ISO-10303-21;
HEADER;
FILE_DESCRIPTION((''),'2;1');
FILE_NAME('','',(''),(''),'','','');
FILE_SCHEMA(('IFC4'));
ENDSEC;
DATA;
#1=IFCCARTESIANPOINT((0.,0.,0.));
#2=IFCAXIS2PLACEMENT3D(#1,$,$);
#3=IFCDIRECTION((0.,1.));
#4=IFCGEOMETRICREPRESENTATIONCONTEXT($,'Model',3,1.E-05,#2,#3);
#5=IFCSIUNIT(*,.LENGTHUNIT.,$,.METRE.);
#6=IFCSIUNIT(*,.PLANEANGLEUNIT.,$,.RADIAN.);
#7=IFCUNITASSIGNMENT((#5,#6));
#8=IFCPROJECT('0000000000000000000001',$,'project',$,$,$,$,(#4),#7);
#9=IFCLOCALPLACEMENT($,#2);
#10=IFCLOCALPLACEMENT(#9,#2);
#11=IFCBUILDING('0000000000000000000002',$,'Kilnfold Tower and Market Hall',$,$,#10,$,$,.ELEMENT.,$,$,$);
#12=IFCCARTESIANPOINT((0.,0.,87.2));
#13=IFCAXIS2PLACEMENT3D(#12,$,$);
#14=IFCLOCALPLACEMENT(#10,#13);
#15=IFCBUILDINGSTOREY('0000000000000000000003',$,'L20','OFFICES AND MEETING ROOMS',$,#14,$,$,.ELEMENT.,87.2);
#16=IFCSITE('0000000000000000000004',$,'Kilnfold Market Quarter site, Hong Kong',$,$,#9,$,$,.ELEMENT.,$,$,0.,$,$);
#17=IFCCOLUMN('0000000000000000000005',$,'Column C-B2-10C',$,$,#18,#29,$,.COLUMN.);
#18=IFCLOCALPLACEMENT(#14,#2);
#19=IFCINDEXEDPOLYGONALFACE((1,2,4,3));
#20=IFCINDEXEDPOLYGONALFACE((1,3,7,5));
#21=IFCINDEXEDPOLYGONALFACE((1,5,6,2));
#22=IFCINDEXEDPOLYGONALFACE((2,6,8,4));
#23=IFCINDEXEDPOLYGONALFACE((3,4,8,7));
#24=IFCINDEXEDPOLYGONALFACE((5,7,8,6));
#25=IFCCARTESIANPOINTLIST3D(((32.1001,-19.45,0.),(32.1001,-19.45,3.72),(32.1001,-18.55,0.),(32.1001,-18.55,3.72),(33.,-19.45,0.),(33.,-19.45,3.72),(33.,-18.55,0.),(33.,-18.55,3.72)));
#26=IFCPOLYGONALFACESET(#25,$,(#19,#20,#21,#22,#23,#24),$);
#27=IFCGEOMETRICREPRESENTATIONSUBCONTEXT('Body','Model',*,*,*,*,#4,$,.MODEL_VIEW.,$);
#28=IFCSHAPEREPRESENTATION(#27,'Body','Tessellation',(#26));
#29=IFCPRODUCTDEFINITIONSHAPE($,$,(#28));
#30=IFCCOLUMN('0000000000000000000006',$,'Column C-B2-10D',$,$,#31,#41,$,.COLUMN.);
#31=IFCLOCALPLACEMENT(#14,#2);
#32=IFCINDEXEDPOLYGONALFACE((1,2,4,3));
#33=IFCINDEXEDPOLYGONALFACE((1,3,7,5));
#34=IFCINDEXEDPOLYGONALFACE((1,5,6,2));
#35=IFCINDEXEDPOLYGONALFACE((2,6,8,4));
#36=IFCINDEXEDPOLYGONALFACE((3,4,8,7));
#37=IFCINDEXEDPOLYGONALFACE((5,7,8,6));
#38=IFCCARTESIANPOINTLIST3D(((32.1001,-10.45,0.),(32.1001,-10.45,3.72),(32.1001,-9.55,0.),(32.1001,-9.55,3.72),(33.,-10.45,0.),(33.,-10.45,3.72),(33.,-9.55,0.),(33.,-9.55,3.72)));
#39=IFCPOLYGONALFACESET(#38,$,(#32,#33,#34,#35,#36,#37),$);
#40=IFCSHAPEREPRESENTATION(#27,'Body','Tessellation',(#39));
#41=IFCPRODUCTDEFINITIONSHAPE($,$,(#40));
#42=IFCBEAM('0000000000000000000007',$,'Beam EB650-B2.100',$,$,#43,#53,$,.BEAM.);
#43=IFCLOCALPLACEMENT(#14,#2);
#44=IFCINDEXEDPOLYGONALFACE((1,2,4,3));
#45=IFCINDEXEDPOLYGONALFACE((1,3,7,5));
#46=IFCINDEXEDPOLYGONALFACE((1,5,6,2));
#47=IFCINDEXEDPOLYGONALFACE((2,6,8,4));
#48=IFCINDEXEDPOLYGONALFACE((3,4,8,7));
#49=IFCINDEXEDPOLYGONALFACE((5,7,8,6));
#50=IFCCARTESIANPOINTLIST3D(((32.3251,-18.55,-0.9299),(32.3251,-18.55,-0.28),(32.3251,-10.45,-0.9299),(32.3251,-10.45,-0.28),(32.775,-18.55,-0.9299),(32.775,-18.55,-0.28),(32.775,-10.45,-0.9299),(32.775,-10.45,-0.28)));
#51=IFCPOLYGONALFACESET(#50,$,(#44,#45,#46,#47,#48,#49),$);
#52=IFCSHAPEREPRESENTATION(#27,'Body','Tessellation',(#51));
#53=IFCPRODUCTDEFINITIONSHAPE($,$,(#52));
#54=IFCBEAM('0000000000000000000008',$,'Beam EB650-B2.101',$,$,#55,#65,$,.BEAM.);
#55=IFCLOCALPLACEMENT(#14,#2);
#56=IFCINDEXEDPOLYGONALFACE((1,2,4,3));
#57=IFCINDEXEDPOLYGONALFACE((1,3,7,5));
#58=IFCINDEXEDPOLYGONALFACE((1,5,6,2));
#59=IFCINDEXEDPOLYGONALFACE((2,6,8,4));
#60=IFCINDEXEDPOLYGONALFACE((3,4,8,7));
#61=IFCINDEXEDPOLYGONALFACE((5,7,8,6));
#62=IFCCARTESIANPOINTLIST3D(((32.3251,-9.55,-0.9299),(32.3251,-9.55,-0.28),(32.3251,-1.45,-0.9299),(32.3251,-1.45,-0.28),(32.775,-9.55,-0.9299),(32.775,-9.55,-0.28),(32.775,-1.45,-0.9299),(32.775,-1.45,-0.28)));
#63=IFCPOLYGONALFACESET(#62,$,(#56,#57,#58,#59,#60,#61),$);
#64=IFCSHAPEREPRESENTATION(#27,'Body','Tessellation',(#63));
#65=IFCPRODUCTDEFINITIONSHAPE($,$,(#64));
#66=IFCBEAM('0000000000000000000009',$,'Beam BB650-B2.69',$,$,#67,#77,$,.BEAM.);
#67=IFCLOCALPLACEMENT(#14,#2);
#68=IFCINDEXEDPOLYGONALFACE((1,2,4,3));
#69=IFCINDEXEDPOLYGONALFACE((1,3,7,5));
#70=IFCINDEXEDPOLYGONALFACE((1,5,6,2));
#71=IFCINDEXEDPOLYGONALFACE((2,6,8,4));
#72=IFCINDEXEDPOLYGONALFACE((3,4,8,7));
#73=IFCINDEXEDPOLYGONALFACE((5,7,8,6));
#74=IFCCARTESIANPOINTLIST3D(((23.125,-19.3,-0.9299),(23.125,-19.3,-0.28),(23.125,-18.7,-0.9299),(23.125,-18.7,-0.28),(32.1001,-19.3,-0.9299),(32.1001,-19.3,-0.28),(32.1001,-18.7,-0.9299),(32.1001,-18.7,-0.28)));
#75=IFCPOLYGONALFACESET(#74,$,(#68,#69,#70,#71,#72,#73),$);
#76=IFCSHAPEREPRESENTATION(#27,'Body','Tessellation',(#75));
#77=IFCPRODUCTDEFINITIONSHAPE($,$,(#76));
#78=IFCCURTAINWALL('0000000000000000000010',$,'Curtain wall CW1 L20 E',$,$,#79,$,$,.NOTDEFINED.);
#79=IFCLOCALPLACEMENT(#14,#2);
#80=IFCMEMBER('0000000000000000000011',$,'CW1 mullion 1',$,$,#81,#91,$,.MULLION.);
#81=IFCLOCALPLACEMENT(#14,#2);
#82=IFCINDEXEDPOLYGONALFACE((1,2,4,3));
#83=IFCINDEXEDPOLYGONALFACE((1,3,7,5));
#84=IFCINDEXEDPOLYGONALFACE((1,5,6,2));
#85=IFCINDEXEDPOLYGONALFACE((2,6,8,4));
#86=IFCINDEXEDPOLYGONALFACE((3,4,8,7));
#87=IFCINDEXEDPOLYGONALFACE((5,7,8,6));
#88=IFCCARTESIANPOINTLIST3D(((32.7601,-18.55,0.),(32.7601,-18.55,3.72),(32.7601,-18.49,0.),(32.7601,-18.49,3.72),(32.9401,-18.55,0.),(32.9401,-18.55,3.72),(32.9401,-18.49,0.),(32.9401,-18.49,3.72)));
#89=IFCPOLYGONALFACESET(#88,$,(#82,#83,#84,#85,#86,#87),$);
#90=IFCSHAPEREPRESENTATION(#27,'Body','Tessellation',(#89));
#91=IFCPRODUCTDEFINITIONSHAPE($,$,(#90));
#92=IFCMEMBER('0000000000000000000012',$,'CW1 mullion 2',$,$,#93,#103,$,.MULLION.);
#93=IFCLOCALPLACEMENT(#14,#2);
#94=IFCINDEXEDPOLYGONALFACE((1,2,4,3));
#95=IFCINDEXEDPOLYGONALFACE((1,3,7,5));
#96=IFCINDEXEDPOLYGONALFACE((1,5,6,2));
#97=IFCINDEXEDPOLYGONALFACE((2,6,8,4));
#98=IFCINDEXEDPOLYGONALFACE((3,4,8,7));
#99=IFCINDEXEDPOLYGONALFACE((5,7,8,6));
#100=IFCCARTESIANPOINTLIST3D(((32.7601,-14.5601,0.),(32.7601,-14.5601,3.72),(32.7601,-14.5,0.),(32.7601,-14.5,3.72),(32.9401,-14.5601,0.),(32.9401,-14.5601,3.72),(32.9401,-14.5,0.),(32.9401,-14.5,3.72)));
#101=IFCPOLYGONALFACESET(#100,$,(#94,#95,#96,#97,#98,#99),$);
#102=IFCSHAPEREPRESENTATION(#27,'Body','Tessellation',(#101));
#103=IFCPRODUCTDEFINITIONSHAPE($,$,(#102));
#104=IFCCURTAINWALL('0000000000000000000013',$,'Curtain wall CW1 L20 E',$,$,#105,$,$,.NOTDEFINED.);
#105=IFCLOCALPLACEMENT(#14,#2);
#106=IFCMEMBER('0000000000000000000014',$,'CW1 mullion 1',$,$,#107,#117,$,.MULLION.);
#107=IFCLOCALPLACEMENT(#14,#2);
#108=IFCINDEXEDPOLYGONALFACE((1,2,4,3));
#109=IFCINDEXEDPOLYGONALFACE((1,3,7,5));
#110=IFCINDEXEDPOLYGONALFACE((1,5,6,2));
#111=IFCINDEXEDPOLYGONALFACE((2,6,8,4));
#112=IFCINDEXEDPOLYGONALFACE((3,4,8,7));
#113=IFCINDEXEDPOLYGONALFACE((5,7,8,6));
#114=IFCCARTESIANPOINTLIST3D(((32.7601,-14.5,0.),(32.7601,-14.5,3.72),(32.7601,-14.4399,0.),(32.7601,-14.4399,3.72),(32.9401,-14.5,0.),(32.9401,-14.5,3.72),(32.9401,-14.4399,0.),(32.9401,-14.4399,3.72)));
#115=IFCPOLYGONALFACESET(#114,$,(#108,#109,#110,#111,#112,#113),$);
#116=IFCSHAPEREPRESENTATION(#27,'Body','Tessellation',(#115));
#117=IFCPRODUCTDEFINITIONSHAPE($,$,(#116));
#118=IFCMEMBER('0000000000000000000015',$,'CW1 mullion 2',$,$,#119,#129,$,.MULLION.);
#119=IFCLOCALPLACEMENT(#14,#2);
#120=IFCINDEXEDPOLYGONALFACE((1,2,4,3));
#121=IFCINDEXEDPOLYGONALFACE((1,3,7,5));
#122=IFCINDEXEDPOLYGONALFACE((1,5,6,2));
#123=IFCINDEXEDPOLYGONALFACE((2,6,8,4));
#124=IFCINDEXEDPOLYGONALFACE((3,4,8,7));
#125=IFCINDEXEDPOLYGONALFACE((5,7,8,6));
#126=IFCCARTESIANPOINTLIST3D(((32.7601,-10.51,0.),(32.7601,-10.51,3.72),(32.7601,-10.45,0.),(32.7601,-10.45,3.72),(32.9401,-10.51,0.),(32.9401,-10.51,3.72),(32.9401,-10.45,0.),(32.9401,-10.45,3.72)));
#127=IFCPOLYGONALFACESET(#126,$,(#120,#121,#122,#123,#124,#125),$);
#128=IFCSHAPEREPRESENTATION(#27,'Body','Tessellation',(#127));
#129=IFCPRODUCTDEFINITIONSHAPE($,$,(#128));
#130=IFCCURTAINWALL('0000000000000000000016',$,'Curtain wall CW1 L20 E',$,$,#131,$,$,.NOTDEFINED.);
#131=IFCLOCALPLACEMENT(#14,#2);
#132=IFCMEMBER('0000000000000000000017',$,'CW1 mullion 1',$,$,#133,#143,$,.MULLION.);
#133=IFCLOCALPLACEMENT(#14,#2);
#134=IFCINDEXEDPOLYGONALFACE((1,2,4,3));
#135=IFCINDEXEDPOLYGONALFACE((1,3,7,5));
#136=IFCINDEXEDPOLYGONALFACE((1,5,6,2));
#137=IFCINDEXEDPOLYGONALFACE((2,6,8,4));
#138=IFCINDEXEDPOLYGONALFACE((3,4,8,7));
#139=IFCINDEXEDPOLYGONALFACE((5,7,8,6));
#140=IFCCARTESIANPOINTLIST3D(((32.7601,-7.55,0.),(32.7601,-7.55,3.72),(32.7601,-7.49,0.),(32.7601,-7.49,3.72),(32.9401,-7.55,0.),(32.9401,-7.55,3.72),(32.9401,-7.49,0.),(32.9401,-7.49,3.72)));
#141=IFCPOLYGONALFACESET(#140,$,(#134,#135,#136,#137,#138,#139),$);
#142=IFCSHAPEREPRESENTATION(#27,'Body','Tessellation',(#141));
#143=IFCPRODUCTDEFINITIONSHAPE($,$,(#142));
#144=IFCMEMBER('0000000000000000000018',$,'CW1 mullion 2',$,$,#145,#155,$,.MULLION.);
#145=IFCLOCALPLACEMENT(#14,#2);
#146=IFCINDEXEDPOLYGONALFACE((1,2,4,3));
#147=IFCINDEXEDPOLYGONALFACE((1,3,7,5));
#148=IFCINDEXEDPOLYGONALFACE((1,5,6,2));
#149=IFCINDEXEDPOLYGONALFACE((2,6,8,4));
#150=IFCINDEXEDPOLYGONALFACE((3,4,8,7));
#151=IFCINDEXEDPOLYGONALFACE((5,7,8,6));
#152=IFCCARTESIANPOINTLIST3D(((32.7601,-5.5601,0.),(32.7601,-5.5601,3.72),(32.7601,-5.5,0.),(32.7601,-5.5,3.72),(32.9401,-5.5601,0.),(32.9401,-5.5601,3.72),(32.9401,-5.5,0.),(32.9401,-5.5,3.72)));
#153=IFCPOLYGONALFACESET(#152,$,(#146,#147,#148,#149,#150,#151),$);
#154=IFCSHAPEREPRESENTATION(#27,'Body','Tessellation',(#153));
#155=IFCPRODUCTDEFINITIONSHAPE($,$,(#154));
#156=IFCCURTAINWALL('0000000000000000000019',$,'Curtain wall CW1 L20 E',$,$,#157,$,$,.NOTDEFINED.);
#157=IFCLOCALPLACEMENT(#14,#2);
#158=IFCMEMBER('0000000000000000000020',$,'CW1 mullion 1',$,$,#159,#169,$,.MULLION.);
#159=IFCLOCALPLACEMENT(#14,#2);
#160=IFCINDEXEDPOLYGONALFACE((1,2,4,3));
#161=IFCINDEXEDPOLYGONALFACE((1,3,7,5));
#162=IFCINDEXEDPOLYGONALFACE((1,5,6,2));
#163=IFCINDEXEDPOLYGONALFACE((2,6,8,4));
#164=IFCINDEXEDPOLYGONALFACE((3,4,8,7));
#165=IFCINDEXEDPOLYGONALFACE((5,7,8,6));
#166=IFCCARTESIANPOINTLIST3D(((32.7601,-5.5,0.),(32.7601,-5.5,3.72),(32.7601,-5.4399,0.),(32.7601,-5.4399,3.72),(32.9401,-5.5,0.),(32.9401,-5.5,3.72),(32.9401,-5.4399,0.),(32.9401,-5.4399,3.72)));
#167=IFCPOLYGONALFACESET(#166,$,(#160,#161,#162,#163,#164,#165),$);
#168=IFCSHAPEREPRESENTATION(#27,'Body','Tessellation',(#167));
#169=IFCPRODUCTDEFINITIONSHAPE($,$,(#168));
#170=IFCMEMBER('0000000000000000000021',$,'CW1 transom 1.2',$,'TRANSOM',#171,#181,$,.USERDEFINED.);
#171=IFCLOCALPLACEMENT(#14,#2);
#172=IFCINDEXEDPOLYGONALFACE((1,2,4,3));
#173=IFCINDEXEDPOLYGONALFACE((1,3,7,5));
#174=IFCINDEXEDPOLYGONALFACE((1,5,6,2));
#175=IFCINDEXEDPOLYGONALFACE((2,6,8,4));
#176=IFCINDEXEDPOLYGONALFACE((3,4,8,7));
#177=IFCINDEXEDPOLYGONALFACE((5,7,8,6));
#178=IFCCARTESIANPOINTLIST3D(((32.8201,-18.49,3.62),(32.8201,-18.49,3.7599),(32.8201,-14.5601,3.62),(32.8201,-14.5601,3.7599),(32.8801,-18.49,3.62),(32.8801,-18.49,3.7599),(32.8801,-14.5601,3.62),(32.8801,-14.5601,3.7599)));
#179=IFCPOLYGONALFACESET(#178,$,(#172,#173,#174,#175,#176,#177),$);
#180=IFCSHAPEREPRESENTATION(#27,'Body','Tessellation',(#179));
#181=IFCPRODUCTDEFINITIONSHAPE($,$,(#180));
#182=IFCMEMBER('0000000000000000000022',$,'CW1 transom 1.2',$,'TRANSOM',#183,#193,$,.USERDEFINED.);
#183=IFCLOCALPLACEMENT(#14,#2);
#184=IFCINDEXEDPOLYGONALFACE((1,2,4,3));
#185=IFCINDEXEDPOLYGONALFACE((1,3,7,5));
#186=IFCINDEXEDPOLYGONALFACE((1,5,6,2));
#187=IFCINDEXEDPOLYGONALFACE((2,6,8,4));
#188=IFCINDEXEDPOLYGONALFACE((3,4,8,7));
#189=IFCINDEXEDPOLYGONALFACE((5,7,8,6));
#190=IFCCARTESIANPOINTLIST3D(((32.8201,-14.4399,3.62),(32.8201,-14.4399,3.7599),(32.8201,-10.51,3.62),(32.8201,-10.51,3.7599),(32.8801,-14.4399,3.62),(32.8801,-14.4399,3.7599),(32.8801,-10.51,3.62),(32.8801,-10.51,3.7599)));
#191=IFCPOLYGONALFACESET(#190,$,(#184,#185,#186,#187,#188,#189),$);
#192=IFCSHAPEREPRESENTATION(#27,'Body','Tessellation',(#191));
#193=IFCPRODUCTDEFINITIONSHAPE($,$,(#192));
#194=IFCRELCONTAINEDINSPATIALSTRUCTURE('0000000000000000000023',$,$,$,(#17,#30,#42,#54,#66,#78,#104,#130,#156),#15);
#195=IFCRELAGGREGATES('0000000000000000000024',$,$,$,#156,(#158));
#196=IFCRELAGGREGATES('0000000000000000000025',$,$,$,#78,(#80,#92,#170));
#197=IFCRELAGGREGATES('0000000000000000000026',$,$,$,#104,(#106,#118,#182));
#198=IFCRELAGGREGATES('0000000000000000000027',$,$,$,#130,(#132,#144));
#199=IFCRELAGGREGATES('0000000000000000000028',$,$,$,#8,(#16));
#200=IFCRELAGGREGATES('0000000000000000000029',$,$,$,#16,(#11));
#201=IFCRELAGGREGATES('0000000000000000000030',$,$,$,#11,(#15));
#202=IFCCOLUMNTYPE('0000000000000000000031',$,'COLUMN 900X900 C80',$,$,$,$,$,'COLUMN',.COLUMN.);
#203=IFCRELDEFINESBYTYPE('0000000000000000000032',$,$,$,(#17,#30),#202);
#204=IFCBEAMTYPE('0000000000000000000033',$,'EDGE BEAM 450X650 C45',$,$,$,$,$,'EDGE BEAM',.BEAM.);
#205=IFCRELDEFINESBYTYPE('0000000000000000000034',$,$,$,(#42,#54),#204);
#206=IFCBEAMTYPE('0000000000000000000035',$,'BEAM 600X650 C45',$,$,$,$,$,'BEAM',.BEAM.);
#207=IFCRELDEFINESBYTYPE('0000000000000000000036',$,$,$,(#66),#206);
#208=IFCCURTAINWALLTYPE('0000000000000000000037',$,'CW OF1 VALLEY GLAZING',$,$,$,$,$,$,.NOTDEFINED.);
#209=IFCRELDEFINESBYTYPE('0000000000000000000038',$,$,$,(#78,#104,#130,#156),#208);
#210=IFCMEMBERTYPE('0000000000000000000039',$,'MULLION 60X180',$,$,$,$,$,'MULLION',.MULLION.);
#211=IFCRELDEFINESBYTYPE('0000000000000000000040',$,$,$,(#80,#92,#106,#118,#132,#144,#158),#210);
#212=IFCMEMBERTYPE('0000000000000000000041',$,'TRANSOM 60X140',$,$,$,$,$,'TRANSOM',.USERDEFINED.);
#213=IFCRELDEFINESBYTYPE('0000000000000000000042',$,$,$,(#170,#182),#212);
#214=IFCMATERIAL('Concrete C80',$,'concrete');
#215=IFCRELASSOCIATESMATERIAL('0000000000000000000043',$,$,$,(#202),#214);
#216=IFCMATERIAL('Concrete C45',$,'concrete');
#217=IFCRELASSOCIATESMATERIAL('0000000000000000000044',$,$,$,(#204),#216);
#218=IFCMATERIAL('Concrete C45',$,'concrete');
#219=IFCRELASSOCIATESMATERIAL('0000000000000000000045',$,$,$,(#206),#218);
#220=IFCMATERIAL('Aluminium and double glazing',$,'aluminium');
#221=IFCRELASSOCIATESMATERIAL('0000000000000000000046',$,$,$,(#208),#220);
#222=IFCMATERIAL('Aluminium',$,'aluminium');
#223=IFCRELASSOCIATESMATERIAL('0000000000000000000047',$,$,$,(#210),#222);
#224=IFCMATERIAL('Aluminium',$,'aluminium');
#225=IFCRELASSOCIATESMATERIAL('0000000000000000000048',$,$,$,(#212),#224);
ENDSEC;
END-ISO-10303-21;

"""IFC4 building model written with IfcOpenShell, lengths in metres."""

from ifc_helpers import new_model, si_unit, direction, frame, origin, origin_2d, place, context, subcontext, project, spatial, rectangle, extrude, source, transform, mapped, material, material_profile, profile_set, type_object, element, aggregate, save


model = new_model("IFC4")

# Units and contexts
model_context = context("Model", 3, precision=1e-05, world=origin(), true_north=direction((0.0, 1.0)))
body_context = subcontext(model_context, "Body", "Model", "MODEL_VIEW")
ifc_project = project(units=[si_unit("LENGTHUNIT", "METRE"), si_unit("PLANEANGLEUNIT", "RADIAN")], contexts=[model_context])

# Site, building, storey
site_placement = place(None, origin())
site = spatial("IfcSite", under=ifc_project, at=site_placement, Name="Kilnfold Market Quarter site, Hong Kong", CompositionType="ELEMENT", RefElevation=0.0)
building_placement = place(site_placement, origin())
building = spatial("IfcBuilding", under=site, at=building_placement, Name="Kilnfold Tower and Market Hall", CompositionType="ELEMENT")
storey_placement = place(building_placement, frame((0.0, 0.0, 87.2)))
storey = spatial("IfcBuildingStorey", under=building, at=storey_placement, Name="L20", Description="OFFICES AND MEETING ROOMS", CompositionType="ELEMENT", Elevation=87.2)

# Columns
ifc_material_1 = material(Name="Concrete C80", Category="concrete")
ifc_material_profile_1 = material_profile(ifc_material_1, rectangle(XDim=0.8999, YDim=0.8999, at=origin_2d()), Name="RC 900x900")
ifc_profile_set_1 = profile_set([ifc_material_profile_1], Name="Concrete C80")
column_type = type_object("IfcColumnType", Name="COLUMN 900X900 C80", ElementType="COLUMN", PredefinedType="COLUMN", material=ifc_profile_set_1)
shared_shape_1 = source(origin(), body_context, "Body", "SweptSolid", [
    extrude(rectangle(XDim=0.8999, YDim=0.8999, at=origin_2d()), origin(), (0.0, 0.0, 1.0), 3.72),
])
for number, where, z_axis, x_axis, name in (
    (1, (32.55, -19.0, 0.0), (0.0, 0.0, 1.0), (1.0, 0.0, 0.0), "Column C-B2-10C"),
    (2, (32.55, -10.0, 0.0), (0.0, 0.0, 1.0), (1.0, 0.0, 0.0), "Column C-B2-10D"),
):
    element("IfcColumn", number, at=place(storey_placement, frame(where, z_axis=z_axis, x_axis=x_axis)), inside=storey, type_object=column_type, Name=name, PredefinedType="COLUMN", context=body_context, shape_type="MappedRepresentation", body=[
        mapped(shared_shape_1, transform((0.0, 0.0, 0.0))),
    ])

# Beams
ifc_material_2 = material(Name="Concrete C45", Category="concrete")
ifc_material_profile_2 = material_profile(ifc_material_2, rectangle(XDim=0.45, YDim=0.6499, at=origin_2d()), Name="RC 450x650")
ifc_profile_set_2 = profile_set([ifc_material_profile_2], Name="Concrete C45")
beam_type_1 = type_object("IfcBeamType", Name="EDGE BEAM 450X650 C45", ElementType="EDGE BEAM", PredefinedType="BEAM", material=ifc_profile_set_2)
shared_shape_2 = source(origin(), body_context, "Body", "SweptSolid", [
    extrude(rectangle(XDim=0.45, YDim=0.6499, at=origin_2d()), origin(), (0.0, 0.0, 1.0), 8.1001),
])
for number, where, z_axis, x_axis, name in (
    (3, (32.55, -18.55, -0.605), (0.0, 1.0, 0.0), (-1.0, 0.0, 0.0), "Beam EB650-B2.100"),
    (4, (32.55, -9.55, -0.605), (0.0, 1.0, 0.0), (-1.0, 0.0, 0.0), "Beam EB650-B2.101"),
):
    element("IfcBeam", number, at=place(storey_placement, frame(where, z_axis=z_axis, x_axis=x_axis)), inside=storey, type_object=beam_type_1, Name=name, PredefinedType="BEAM", context=body_context, shape_type="MappedRepresentation", body=[
        mapped(shared_shape_2, transform((0.0, 0.0, 0.0))),
    ])
ifc_material_3 = material(Name="Concrete C45", Category="concrete")
ifc_material_profile_3 = material_profile(ifc_material_3, rectangle(XDim=0.6001, YDim=0.6499, at=origin_2d()), Name="RC 600x650")
ifc_profile_set_3 = profile_set([ifc_material_profile_3], Name="Concrete C45")
beam_type_2 = type_object("IfcBeamType", Name="BEAM 600X650 C45", ElementType="BEAM", PredefinedType="BEAM", material=ifc_profile_set_3)
shared_shape_3 = source(origin(), body_context, "Body", "SweptSolid", [
    extrude(rectangle(XDim=0.6001, YDim=0.6499, at=origin_2d()), origin(), (0.0, 0.0, 1.0), 8.9751),
])
beam_placement = place(storey_placement, frame((23.125, -19.0, -0.605), z_axis=(1.0, 0.0, 0.0), x_axis=(0.0, 1.0, 0.0)))
element("IfcBeam", 5, at=beam_placement, inside=storey, type_object=beam_type_2, Name="Beam BB650-B2.69", PredefinedType="BEAM", context=body_context, shape_type="MappedRepresentation", body=[
    mapped(shared_shape_3, transform((0.0, 0.0, 0.0))),
])

# Curtain walls, members
ifc_material_4 = material(Name="Aluminium and double glazing", Category="aluminium")
curtain_wall_type = type_object("IfcCurtainWallType", Name="CW OF1 VALLEY GLAZING", PredefinedType="NOTDEFINED", material=ifc_material_4)
curtain_wall_1_placement = place(storey_placement, origin())
curtain_wall_1 = element("IfcCurtainWall", 6, at=curtain_wall_1_placement, inside=storey, type_object=curtain_wall_type, Name="Curtain wall CW1 L20 E", PredefinedType="NOTDEFINED")
ifc_material_5 = material(Name="Aluminium", Category="aluminium")
ifc_material_profile_4 = material_profile(ifc_material_5, rectangle(XDim=0.0601, YDim=0.1799, at=origin_2d()), Name="MULLION 60x180")
ifc_profile_set_4 = profile_set([ifc_material_profile_4], Name="Aluminium")
member_type_1 = type_object("IfcMemberType", Name="MULLION 60X180", ElementType="MULLION", PredefinedType="MULLION", material=ifc_profile_set_4)
shared_shape_4 = source(origin(), body_context, "Body", "SweptSolid", [
    extrude(rectangle(XDim=0.0601, YDim=0.1799, at=origin_2d()), origin(), (0.0, 0.0, 1.0), 3.72),
])
member_1_placement = place(storey_placement, frame((32.8501, -18.52, 0.0), z_axis=(0.0, 0.0, 1.0), x_axis=(0.0, 1.0, 0.0)))
member_1 = element("IfcMember", 7, at=member_1_placement, type_object=member_type_1, Name="CW1 mullion 1", PredefinedType="MULLION", context=body_context, shape_type="MappedRepresentation", body=[
    mapped(shared_shape_4, transform((0.0, 0.0, 0.0))),
])
member_2_placement = place(storey_placement, frame((32.8501, -14.53, 0.0), z_axis=(0.0, 0.0, 1.0), x_axis=(0.0, 1.0, 0.0)))
member_2 = element("IfcMember", 8, at=member_2_placement, type_object=member_type_1, Name="CW1 mullion 2", PredefinedType="MULLION", context=body_context, shape_type="MappedRepresentation", body=[
    mapped(shared_shape_4, transform((0.0, 0.0, 0.0))),
])
curtain_wall_2_placement = place(storey_placement, origin())
curtain_wall_2 = element("IfcCurtainWall", 9, at=curtain_wall_2_placement, inside=storey, type_object=curtain_wall_type, Name="Curtain wall CW1 L20 E", PredefinedType="NOTDEFINED")
member_3_placement = place(storey_placement, frame((32.8501, -14.47, 0.0), z_axis=(0.0, 0.0, 1.0), x_axis=(0.0, 1.0, 0.0)))
member_3 = element("IfcMember", 10, at=member_3_placement, type_object=member_type_1, Name="CW1 mullion 1", PredefinedType="MULLION", context=body_context, shape_type="MappedRepresentation", body=[
    mapped(shared_shape_4, transform((0.0, 0.0, 0.0))),
])
member_4_placement = place(storey_placement, frame((32.8501, -10.48, 0.0), z_axis=(0.0, 0.0, 1.0), x_axis=(0.0, 1.0, 0.0)))
member_4 = element("IfcMember", 11, at=member_4_placement, type_object=member_type_1, Name="CW1 mullion 2", PredefinedType="MULLION", context=body_context, shape_type="MappedRepresentation", body=[
    mapped(shared_shape_4, transform((0.0, 0.0, 0.0))),
])
curtain_wall_3_placement = place(storey_placement, origin())
curtain_wall_3 = element("IfcCurtainWall", 12, at=curtain_wall_3_placement, inside=storey, type_object=curtain_wall_type, Name="Curtain wall CW1 L20 E", PredefinedType="NOTDEFINED")
member_5_placement = place(storey_placement, frame((32.8501, -7.52, 0.0), z_axis=(0.0, 0.0, 1.0), x_axis=(0.0, 1.0, 0.0)))
member_5 = element("IfcMember", 13, at=member_5_placement, type_object=member_type_1, Name="CW1 mullion 1", PredefinedType="MULLION", context=body_context, shape_type="MappedRepresentation", body=[
    mapped(shared_shape_4, transform((0.0, 0.0, 0.0))),
])
member_6_placement = place(storey_placement, frame((32.8501, -5.53, 0.0), z_axis=(0.0, 0.0, 1.0), x_axis=(0.0, 1.0, 0.0)))
member_6 = element("IfcMember", 14, at=member_6_placement, type_object=member_type_1, Name="CW1 mullion 2", PredefinedType="MULLION", context=body_context, shape_type="MappedRepresentation", body=[
    mapped(shared_shape_4, transform((0.0, 0.0, 0.0))),
])

# Curtain wall, member
curtain_wall_4_placement = place(storey_placement, origin())
curtain_wall_4 = element("IfcCurtainWall", 15, at=curtain_wall_4_placement, inside=storey, type_object=curtain_wall_type, Name="Curtain wall CW1 L20 E", PredefinedType="NOTDEFINED")
member_7_placement = place(storey_placement, frame((32.8501, -5.47, 0.0), z_axis=(0.0, 0.0, 1.0), x_axis=(0.0, 1.0, 0.0)))
member_7 = element("IfcMember", 16, at=member_7_placement, type_object=member_type_1, Name="CW1 mullion 1", PredefinedType="MULLION", context=body_context, shape_type="MappedRepresentation", body=[
    mapped(shared_shape_4, transform((0.0, 0.0, 0.0))),
])

# Members
ifc_material_6 = material(Name="Aluminium", Category="aluminium")
ifc_material_profile_5 = material_profile(ifc_material_6, rectangle(XDim=0.0601, YDim=0.1399, at=origin_2d()), Name="TRANSOM 60x140")
ifc_profile_set_5 = profile_set([ifc_material_profile_5], Name="Aluminium")
member_type_2 = type_object("IfcMemberType", Name="TRANSOM 60X140", ElementType="TRANSOM", PredefinedType="USERDEFINED", material=ifc_profile_set_5)
shared_shape_5 = source(origin(), body_context, "Body", "SweptSolid", [
    extrude(rectangle(XDim=0.0601, YDim=0.1399, at=origin_2d()), origin(), (0.0, 0.0, 1.0), 3.9299),
])
member_8_placement = place(storey_placement, frame((32.8501, -18.49, 3.6899), z_axis=(0.0, 1.0, 0.0), x_axis=(-1.0, 0.0, 0.0)))
member_8 = element("IfcMember", 17, at=member_8_placement, type_object=member_type_2, Name="CW1 transom 1.2", ObjectType="TRANSOM", PredefinedType="USERDEFINED", context=body_context, shape_type="MappedRepresentation", body=[
    mapped(shared_shape_5, transform((0.0, 0.0, 0.0))),
])
member_9_placement = place(storey_placement, frame((32.8501, -14.4399, 3.6899), z_axis=(0.0, 1.0, 0.0), x_axis=(-1.0, 0.0, 0.0)))
member_9 = element("IfcMember", 18, at=member_9_placement, type_object=member_type_2, Name="CW1 transom 1.2", ObjectType="TRANSOM", PredefinedType="USERDEFINED", context=body_context, shape_type="MappedRepresentation", body=[
    mapped(shared_shape_5, transform((0.0, 0.0, 0.0))),
])
aggregate(curtain_wall_4, [member_7])

aggregate(curtain_wall_1, [member_1, member_2, member_8])
aggregate(curtain_wall_2, [member_3, member_4, member_9])
aggregate(curtain_wall_3, [member_5, member_6])

save(model, "model.ifc")
